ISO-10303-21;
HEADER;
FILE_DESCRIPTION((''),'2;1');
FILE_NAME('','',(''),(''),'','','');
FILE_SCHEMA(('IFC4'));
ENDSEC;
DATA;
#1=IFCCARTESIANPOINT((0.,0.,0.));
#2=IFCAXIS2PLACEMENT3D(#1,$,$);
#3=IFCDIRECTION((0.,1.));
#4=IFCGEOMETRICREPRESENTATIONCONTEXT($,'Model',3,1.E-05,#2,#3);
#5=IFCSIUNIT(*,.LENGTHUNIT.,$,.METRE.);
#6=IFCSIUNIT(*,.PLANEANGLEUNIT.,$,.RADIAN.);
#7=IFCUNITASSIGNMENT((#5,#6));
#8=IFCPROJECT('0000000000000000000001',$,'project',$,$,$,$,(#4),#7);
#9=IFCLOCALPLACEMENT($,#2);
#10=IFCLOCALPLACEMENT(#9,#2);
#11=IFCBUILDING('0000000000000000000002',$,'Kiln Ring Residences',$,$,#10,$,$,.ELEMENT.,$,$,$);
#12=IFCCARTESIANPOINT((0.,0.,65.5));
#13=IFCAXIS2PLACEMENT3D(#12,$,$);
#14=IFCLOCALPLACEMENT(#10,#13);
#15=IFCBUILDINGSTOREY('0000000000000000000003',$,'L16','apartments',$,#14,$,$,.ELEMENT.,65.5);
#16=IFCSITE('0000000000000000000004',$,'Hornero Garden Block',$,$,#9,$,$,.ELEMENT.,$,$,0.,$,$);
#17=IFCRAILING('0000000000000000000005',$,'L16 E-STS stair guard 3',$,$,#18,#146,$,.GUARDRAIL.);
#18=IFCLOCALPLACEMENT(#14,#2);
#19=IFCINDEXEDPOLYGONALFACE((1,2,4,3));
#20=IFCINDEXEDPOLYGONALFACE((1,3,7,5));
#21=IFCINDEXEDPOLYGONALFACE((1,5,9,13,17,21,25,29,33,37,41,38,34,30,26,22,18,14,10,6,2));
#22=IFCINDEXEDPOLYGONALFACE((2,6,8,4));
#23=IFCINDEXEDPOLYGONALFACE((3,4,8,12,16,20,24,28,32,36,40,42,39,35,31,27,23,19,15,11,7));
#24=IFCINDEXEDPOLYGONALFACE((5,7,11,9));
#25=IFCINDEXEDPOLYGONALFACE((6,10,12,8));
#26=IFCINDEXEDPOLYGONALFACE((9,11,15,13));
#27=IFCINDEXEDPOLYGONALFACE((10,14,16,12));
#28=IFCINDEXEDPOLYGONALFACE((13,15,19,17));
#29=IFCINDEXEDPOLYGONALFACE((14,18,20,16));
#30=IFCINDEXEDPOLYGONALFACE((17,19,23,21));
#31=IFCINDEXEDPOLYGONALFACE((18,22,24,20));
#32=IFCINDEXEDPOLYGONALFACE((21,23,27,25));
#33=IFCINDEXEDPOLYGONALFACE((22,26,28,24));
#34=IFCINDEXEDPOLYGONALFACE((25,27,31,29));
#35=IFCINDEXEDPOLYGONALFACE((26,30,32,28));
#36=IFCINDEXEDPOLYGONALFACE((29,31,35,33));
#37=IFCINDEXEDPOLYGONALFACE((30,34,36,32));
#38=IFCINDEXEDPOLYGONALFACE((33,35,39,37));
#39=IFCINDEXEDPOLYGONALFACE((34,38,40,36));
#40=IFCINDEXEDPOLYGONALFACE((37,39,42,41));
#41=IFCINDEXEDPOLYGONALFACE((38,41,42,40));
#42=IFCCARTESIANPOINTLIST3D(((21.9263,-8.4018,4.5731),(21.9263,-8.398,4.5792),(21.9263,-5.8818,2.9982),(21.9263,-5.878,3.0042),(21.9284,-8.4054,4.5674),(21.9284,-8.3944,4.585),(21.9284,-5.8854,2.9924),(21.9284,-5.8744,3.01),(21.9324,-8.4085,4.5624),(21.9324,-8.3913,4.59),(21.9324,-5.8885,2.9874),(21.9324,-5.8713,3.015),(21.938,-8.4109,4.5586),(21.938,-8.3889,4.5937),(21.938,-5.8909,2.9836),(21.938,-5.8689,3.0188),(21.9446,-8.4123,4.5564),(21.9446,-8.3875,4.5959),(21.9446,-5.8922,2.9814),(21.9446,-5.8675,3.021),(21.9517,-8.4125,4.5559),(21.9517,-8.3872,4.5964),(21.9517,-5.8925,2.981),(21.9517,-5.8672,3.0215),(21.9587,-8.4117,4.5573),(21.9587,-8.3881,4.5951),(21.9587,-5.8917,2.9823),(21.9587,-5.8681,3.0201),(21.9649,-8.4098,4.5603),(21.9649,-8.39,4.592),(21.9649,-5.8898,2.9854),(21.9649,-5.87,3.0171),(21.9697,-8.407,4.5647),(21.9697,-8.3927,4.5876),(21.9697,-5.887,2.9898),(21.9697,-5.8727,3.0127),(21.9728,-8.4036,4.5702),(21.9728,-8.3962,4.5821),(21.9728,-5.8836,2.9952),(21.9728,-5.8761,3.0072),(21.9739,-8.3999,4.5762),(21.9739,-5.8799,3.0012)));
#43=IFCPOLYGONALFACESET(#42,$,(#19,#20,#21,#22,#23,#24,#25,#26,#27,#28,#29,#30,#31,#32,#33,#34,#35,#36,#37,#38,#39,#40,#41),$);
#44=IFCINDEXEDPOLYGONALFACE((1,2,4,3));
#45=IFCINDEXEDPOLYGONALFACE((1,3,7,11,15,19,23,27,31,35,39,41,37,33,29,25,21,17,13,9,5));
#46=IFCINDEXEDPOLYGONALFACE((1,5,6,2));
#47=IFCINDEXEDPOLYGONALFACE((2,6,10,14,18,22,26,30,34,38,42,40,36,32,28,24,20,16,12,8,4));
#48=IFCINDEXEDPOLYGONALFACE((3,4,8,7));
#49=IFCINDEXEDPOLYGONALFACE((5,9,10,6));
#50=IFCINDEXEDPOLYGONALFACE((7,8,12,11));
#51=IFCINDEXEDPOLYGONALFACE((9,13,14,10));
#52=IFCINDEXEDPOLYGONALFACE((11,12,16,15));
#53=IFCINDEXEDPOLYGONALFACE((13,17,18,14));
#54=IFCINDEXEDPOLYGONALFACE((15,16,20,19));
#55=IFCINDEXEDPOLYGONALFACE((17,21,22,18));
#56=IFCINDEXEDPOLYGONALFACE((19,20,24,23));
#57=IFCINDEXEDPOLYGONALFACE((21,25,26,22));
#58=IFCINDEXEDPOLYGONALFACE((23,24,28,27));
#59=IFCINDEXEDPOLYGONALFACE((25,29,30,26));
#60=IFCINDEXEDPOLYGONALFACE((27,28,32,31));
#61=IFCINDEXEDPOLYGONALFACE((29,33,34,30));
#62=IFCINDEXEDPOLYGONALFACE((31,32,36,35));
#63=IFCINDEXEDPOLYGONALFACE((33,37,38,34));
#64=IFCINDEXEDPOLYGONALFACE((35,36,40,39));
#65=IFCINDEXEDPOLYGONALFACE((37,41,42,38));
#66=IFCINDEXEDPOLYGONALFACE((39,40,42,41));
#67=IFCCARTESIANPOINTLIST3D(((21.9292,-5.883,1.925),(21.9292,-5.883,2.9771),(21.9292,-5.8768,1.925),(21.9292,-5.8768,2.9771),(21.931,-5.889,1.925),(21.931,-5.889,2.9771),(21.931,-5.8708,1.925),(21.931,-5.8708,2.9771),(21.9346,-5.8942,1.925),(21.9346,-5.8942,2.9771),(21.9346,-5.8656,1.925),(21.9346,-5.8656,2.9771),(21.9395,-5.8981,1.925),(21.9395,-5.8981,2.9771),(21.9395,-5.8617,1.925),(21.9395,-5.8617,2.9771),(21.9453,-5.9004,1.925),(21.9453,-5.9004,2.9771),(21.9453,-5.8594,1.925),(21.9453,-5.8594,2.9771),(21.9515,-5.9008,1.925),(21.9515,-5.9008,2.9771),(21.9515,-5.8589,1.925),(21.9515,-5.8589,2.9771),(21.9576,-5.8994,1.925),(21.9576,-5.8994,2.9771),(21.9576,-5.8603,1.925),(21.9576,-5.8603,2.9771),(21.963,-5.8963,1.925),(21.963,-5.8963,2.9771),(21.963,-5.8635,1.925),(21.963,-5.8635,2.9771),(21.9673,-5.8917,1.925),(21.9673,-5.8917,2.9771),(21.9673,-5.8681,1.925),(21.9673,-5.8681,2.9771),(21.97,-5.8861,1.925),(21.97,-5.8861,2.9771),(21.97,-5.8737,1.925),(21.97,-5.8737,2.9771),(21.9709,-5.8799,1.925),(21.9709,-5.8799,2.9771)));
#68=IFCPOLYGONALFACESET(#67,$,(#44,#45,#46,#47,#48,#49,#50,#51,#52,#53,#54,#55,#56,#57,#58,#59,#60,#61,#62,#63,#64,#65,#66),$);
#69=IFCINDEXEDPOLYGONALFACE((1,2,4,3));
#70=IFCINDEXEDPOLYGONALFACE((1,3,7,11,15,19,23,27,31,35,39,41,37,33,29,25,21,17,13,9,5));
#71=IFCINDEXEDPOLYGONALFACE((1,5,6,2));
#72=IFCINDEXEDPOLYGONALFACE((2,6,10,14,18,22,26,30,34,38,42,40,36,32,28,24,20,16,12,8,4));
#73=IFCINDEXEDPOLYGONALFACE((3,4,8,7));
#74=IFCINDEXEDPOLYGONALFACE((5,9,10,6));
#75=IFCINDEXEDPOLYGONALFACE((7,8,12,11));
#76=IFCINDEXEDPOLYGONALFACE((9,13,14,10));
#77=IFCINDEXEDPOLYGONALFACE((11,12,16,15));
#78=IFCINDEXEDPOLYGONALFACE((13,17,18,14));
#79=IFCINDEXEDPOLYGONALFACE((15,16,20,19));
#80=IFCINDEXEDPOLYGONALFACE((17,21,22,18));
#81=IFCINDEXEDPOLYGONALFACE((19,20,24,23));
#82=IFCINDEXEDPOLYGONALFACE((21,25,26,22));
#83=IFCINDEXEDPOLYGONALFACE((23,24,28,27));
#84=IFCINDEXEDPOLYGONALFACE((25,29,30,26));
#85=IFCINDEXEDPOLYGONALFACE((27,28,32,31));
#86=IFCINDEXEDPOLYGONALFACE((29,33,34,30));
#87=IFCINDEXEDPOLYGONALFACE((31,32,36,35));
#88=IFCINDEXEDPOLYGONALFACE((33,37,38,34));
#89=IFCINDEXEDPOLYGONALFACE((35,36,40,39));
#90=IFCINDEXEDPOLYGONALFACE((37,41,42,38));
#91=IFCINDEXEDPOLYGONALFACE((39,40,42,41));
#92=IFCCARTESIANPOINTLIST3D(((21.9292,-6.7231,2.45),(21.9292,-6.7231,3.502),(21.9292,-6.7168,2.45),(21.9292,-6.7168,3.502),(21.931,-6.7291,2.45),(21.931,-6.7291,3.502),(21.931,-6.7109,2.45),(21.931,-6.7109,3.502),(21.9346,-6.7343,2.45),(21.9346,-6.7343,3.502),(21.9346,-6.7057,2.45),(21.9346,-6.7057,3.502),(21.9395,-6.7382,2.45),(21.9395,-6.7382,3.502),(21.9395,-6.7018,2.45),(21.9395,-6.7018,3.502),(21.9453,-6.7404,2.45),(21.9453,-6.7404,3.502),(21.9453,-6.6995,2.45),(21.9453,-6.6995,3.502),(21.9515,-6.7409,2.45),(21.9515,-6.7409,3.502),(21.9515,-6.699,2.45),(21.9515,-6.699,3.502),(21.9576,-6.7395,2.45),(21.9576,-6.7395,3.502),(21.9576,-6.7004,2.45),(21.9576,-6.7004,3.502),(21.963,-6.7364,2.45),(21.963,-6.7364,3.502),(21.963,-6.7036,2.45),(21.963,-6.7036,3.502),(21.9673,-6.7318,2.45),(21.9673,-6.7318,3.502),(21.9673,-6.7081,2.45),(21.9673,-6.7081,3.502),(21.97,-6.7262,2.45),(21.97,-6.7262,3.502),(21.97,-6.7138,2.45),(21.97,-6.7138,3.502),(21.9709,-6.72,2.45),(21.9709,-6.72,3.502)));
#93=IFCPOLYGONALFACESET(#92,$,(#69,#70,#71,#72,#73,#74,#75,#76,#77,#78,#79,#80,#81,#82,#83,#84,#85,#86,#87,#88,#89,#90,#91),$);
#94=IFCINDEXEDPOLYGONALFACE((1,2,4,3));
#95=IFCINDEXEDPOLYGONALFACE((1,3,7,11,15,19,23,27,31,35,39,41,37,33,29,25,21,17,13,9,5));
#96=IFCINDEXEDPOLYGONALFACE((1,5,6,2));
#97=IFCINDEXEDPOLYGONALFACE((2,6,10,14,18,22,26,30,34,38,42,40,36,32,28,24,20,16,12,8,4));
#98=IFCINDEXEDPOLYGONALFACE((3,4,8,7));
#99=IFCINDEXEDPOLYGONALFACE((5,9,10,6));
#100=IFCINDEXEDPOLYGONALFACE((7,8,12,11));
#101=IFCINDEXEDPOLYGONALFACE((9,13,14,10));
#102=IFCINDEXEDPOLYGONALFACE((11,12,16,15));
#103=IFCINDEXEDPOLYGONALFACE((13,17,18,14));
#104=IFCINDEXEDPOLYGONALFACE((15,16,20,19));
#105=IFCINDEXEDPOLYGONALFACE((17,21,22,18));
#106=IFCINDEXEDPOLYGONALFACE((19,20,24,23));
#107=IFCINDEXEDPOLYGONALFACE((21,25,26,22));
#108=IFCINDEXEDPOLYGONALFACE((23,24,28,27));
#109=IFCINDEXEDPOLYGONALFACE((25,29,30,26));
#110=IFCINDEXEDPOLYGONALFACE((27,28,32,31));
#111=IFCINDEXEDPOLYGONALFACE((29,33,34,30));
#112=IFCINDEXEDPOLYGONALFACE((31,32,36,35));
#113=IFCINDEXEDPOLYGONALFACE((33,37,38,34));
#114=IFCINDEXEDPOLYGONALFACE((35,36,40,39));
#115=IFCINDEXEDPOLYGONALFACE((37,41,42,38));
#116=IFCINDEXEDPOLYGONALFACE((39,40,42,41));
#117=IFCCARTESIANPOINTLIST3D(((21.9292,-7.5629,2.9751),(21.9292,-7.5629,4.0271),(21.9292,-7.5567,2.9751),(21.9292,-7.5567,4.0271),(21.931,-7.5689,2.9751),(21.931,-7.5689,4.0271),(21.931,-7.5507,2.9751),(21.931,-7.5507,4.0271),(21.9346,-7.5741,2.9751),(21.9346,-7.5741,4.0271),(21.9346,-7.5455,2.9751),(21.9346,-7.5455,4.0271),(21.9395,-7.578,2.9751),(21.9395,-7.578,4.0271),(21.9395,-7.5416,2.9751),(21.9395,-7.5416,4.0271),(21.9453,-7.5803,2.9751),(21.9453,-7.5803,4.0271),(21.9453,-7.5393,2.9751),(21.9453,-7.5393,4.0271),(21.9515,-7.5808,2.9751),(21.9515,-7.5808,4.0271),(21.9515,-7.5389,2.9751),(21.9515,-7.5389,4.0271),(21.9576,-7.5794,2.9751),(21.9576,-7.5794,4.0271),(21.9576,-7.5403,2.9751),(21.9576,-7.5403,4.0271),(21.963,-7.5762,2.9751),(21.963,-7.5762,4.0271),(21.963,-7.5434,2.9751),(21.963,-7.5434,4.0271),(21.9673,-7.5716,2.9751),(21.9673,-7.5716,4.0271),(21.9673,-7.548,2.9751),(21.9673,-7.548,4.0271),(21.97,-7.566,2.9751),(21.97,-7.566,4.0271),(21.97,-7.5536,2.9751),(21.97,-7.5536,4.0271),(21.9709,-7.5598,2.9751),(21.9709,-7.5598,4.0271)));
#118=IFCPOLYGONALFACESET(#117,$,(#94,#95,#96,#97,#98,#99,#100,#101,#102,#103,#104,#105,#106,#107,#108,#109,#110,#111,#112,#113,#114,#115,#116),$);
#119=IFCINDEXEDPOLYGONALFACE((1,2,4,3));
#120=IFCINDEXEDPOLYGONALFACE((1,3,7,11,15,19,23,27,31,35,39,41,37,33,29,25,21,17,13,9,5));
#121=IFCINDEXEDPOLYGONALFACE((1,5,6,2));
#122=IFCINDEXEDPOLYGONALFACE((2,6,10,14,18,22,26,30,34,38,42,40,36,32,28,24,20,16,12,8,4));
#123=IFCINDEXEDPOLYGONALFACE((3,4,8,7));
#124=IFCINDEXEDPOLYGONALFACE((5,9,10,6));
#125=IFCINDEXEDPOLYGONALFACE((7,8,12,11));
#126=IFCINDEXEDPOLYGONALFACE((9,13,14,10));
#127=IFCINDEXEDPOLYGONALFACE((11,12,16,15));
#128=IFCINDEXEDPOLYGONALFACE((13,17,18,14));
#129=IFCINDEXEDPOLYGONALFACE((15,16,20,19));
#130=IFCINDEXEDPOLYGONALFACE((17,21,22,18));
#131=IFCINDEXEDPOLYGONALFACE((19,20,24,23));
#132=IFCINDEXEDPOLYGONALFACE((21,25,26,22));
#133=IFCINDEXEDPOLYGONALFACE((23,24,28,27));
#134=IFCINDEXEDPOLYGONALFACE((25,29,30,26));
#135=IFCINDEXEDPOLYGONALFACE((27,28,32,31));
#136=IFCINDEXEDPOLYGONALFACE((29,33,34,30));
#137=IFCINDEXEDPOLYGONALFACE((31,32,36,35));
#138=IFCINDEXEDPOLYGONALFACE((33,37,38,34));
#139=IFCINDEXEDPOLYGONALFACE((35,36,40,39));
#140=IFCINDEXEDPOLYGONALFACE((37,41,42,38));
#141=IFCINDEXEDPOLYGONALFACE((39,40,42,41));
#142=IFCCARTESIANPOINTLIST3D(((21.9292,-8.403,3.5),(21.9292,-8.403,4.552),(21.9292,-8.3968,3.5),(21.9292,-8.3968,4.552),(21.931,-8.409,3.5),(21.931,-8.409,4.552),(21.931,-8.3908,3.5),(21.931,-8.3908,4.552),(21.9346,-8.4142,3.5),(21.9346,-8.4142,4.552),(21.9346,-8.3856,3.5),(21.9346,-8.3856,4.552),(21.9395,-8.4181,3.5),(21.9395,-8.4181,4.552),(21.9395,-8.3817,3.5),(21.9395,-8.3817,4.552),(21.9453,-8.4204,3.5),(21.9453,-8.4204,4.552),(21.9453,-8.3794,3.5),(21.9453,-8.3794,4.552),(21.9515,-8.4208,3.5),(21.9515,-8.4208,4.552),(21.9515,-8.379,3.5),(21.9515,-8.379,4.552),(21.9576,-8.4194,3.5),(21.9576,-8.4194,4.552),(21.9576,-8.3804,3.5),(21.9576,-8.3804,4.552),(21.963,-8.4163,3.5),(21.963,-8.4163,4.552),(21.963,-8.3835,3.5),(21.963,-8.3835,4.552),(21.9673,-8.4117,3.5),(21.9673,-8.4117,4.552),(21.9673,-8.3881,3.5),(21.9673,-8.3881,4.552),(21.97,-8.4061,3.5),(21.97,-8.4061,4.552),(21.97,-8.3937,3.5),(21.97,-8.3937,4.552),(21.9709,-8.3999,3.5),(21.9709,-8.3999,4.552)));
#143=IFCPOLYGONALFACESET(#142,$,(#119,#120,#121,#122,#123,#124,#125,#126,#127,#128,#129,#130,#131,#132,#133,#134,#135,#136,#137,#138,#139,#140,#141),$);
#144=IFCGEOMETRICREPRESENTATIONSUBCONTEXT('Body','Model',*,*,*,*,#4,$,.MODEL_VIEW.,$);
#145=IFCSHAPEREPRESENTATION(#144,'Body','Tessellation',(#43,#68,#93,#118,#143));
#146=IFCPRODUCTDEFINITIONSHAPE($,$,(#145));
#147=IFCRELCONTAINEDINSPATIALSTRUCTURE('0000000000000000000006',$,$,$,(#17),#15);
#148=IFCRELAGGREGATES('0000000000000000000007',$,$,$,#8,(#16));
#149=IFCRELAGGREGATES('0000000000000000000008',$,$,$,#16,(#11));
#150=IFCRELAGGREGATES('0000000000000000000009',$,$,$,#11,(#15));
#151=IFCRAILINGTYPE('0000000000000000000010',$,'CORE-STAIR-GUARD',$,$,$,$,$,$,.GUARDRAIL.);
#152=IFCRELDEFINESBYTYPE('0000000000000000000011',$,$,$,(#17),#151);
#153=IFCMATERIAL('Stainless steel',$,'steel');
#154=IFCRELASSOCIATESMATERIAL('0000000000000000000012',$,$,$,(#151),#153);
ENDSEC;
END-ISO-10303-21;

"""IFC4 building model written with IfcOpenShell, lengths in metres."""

from ifc_helpers import new_model, si_unit, direction, frame, origin, origin_2d, place, context, subcontext, project, spatial, circle, extrude, material, type_object, element, save


model = new_model("IFC4")

# Units and contexts
model_context = context("Model", 3, precision=1e-05, world=origin(), true_north=direction((0.0, 1.0)))
body_context = subcontext(model_context, "Body", "Model", "MODEL_VIEW")
ifc_project = project(units=[si_unit("LENGTHUNIT", "METRE"), si_unit("PLANEANGLEUNIT", "RADIAN")], contexts=[model_context])

# Site, building, storey
site_placement = place(None, origin())
site = spatial("IfcSite", under=ifc_project, at=site_placement, Name="Hornero Garden Block", CompositionType="ELEMENT", RefElevation=0.0)
building_placement = place(site_placement, origin())
building = spatial("IfcBuilding", under=site, at=building_placement, Name="Kiln Ring Residences", CompositionType="ELEMENT")
storey_placement = place(building_placement, frame((0.0, 0.0, 65.5)))
storey = spatial("IfcBuildingStorey", under=building, at=storey_placement, Name="L16", Description="apartments", CompositionType="ELEMENT", Elevation=65.5)

# Railing
ifc_material_1 = material(Name="Stainless steel", Category="steel")
railing_type_1 = type_object("IfcRailingType", Name="CORE-STAIR-GUARD", PredefinedType="GUARDRAIL", material=ifc_material_1)
railing_1_placement = place(storey_placement, frame((21.95, -5.8799, 1.925)))
element("IfcRailing", 1, at=railing_1_placement, inside=storey, type_object=railing_type_1, Name="L16 E-STS stair guard 3", PredefinedType="GUARDRAIL", context=body_context, shape_type="SweptSolid", body=[
    extrude(circle(Radius=0.0239, at=origin_2d()), frame((0.0, 0.0, 1.0762), z_axis=(0.0, -0.848008, 0.529984), x_axis=(1.0, 0.0, 0.0)), (0.0, 0.0, 1.0), 2.9717),
    extrude(circle(Radius=0.021, at=origin_2d()), origin(), (0.0, 0.0, 1.0), 1.052),
    extrude(circle(Radius=0.021, at=origin_2d()), frame((0.0, -0.8401, 0.5249)), (0.0, 0.0, 1.0), 1.052),
    extrude(circle(Radius=0.021, at=origin_2d()), frame((0.0, -1.6799, 1.05)), (0.0, 0.0, 1.0), 1.052),
    extrude(circle(Radius=0.021, at=origin_2d()), frame((0.0, -2.52, 1.575)), (0.0, 0.0, 1.0), 1.052),
])

save(model, "model.ifc")
